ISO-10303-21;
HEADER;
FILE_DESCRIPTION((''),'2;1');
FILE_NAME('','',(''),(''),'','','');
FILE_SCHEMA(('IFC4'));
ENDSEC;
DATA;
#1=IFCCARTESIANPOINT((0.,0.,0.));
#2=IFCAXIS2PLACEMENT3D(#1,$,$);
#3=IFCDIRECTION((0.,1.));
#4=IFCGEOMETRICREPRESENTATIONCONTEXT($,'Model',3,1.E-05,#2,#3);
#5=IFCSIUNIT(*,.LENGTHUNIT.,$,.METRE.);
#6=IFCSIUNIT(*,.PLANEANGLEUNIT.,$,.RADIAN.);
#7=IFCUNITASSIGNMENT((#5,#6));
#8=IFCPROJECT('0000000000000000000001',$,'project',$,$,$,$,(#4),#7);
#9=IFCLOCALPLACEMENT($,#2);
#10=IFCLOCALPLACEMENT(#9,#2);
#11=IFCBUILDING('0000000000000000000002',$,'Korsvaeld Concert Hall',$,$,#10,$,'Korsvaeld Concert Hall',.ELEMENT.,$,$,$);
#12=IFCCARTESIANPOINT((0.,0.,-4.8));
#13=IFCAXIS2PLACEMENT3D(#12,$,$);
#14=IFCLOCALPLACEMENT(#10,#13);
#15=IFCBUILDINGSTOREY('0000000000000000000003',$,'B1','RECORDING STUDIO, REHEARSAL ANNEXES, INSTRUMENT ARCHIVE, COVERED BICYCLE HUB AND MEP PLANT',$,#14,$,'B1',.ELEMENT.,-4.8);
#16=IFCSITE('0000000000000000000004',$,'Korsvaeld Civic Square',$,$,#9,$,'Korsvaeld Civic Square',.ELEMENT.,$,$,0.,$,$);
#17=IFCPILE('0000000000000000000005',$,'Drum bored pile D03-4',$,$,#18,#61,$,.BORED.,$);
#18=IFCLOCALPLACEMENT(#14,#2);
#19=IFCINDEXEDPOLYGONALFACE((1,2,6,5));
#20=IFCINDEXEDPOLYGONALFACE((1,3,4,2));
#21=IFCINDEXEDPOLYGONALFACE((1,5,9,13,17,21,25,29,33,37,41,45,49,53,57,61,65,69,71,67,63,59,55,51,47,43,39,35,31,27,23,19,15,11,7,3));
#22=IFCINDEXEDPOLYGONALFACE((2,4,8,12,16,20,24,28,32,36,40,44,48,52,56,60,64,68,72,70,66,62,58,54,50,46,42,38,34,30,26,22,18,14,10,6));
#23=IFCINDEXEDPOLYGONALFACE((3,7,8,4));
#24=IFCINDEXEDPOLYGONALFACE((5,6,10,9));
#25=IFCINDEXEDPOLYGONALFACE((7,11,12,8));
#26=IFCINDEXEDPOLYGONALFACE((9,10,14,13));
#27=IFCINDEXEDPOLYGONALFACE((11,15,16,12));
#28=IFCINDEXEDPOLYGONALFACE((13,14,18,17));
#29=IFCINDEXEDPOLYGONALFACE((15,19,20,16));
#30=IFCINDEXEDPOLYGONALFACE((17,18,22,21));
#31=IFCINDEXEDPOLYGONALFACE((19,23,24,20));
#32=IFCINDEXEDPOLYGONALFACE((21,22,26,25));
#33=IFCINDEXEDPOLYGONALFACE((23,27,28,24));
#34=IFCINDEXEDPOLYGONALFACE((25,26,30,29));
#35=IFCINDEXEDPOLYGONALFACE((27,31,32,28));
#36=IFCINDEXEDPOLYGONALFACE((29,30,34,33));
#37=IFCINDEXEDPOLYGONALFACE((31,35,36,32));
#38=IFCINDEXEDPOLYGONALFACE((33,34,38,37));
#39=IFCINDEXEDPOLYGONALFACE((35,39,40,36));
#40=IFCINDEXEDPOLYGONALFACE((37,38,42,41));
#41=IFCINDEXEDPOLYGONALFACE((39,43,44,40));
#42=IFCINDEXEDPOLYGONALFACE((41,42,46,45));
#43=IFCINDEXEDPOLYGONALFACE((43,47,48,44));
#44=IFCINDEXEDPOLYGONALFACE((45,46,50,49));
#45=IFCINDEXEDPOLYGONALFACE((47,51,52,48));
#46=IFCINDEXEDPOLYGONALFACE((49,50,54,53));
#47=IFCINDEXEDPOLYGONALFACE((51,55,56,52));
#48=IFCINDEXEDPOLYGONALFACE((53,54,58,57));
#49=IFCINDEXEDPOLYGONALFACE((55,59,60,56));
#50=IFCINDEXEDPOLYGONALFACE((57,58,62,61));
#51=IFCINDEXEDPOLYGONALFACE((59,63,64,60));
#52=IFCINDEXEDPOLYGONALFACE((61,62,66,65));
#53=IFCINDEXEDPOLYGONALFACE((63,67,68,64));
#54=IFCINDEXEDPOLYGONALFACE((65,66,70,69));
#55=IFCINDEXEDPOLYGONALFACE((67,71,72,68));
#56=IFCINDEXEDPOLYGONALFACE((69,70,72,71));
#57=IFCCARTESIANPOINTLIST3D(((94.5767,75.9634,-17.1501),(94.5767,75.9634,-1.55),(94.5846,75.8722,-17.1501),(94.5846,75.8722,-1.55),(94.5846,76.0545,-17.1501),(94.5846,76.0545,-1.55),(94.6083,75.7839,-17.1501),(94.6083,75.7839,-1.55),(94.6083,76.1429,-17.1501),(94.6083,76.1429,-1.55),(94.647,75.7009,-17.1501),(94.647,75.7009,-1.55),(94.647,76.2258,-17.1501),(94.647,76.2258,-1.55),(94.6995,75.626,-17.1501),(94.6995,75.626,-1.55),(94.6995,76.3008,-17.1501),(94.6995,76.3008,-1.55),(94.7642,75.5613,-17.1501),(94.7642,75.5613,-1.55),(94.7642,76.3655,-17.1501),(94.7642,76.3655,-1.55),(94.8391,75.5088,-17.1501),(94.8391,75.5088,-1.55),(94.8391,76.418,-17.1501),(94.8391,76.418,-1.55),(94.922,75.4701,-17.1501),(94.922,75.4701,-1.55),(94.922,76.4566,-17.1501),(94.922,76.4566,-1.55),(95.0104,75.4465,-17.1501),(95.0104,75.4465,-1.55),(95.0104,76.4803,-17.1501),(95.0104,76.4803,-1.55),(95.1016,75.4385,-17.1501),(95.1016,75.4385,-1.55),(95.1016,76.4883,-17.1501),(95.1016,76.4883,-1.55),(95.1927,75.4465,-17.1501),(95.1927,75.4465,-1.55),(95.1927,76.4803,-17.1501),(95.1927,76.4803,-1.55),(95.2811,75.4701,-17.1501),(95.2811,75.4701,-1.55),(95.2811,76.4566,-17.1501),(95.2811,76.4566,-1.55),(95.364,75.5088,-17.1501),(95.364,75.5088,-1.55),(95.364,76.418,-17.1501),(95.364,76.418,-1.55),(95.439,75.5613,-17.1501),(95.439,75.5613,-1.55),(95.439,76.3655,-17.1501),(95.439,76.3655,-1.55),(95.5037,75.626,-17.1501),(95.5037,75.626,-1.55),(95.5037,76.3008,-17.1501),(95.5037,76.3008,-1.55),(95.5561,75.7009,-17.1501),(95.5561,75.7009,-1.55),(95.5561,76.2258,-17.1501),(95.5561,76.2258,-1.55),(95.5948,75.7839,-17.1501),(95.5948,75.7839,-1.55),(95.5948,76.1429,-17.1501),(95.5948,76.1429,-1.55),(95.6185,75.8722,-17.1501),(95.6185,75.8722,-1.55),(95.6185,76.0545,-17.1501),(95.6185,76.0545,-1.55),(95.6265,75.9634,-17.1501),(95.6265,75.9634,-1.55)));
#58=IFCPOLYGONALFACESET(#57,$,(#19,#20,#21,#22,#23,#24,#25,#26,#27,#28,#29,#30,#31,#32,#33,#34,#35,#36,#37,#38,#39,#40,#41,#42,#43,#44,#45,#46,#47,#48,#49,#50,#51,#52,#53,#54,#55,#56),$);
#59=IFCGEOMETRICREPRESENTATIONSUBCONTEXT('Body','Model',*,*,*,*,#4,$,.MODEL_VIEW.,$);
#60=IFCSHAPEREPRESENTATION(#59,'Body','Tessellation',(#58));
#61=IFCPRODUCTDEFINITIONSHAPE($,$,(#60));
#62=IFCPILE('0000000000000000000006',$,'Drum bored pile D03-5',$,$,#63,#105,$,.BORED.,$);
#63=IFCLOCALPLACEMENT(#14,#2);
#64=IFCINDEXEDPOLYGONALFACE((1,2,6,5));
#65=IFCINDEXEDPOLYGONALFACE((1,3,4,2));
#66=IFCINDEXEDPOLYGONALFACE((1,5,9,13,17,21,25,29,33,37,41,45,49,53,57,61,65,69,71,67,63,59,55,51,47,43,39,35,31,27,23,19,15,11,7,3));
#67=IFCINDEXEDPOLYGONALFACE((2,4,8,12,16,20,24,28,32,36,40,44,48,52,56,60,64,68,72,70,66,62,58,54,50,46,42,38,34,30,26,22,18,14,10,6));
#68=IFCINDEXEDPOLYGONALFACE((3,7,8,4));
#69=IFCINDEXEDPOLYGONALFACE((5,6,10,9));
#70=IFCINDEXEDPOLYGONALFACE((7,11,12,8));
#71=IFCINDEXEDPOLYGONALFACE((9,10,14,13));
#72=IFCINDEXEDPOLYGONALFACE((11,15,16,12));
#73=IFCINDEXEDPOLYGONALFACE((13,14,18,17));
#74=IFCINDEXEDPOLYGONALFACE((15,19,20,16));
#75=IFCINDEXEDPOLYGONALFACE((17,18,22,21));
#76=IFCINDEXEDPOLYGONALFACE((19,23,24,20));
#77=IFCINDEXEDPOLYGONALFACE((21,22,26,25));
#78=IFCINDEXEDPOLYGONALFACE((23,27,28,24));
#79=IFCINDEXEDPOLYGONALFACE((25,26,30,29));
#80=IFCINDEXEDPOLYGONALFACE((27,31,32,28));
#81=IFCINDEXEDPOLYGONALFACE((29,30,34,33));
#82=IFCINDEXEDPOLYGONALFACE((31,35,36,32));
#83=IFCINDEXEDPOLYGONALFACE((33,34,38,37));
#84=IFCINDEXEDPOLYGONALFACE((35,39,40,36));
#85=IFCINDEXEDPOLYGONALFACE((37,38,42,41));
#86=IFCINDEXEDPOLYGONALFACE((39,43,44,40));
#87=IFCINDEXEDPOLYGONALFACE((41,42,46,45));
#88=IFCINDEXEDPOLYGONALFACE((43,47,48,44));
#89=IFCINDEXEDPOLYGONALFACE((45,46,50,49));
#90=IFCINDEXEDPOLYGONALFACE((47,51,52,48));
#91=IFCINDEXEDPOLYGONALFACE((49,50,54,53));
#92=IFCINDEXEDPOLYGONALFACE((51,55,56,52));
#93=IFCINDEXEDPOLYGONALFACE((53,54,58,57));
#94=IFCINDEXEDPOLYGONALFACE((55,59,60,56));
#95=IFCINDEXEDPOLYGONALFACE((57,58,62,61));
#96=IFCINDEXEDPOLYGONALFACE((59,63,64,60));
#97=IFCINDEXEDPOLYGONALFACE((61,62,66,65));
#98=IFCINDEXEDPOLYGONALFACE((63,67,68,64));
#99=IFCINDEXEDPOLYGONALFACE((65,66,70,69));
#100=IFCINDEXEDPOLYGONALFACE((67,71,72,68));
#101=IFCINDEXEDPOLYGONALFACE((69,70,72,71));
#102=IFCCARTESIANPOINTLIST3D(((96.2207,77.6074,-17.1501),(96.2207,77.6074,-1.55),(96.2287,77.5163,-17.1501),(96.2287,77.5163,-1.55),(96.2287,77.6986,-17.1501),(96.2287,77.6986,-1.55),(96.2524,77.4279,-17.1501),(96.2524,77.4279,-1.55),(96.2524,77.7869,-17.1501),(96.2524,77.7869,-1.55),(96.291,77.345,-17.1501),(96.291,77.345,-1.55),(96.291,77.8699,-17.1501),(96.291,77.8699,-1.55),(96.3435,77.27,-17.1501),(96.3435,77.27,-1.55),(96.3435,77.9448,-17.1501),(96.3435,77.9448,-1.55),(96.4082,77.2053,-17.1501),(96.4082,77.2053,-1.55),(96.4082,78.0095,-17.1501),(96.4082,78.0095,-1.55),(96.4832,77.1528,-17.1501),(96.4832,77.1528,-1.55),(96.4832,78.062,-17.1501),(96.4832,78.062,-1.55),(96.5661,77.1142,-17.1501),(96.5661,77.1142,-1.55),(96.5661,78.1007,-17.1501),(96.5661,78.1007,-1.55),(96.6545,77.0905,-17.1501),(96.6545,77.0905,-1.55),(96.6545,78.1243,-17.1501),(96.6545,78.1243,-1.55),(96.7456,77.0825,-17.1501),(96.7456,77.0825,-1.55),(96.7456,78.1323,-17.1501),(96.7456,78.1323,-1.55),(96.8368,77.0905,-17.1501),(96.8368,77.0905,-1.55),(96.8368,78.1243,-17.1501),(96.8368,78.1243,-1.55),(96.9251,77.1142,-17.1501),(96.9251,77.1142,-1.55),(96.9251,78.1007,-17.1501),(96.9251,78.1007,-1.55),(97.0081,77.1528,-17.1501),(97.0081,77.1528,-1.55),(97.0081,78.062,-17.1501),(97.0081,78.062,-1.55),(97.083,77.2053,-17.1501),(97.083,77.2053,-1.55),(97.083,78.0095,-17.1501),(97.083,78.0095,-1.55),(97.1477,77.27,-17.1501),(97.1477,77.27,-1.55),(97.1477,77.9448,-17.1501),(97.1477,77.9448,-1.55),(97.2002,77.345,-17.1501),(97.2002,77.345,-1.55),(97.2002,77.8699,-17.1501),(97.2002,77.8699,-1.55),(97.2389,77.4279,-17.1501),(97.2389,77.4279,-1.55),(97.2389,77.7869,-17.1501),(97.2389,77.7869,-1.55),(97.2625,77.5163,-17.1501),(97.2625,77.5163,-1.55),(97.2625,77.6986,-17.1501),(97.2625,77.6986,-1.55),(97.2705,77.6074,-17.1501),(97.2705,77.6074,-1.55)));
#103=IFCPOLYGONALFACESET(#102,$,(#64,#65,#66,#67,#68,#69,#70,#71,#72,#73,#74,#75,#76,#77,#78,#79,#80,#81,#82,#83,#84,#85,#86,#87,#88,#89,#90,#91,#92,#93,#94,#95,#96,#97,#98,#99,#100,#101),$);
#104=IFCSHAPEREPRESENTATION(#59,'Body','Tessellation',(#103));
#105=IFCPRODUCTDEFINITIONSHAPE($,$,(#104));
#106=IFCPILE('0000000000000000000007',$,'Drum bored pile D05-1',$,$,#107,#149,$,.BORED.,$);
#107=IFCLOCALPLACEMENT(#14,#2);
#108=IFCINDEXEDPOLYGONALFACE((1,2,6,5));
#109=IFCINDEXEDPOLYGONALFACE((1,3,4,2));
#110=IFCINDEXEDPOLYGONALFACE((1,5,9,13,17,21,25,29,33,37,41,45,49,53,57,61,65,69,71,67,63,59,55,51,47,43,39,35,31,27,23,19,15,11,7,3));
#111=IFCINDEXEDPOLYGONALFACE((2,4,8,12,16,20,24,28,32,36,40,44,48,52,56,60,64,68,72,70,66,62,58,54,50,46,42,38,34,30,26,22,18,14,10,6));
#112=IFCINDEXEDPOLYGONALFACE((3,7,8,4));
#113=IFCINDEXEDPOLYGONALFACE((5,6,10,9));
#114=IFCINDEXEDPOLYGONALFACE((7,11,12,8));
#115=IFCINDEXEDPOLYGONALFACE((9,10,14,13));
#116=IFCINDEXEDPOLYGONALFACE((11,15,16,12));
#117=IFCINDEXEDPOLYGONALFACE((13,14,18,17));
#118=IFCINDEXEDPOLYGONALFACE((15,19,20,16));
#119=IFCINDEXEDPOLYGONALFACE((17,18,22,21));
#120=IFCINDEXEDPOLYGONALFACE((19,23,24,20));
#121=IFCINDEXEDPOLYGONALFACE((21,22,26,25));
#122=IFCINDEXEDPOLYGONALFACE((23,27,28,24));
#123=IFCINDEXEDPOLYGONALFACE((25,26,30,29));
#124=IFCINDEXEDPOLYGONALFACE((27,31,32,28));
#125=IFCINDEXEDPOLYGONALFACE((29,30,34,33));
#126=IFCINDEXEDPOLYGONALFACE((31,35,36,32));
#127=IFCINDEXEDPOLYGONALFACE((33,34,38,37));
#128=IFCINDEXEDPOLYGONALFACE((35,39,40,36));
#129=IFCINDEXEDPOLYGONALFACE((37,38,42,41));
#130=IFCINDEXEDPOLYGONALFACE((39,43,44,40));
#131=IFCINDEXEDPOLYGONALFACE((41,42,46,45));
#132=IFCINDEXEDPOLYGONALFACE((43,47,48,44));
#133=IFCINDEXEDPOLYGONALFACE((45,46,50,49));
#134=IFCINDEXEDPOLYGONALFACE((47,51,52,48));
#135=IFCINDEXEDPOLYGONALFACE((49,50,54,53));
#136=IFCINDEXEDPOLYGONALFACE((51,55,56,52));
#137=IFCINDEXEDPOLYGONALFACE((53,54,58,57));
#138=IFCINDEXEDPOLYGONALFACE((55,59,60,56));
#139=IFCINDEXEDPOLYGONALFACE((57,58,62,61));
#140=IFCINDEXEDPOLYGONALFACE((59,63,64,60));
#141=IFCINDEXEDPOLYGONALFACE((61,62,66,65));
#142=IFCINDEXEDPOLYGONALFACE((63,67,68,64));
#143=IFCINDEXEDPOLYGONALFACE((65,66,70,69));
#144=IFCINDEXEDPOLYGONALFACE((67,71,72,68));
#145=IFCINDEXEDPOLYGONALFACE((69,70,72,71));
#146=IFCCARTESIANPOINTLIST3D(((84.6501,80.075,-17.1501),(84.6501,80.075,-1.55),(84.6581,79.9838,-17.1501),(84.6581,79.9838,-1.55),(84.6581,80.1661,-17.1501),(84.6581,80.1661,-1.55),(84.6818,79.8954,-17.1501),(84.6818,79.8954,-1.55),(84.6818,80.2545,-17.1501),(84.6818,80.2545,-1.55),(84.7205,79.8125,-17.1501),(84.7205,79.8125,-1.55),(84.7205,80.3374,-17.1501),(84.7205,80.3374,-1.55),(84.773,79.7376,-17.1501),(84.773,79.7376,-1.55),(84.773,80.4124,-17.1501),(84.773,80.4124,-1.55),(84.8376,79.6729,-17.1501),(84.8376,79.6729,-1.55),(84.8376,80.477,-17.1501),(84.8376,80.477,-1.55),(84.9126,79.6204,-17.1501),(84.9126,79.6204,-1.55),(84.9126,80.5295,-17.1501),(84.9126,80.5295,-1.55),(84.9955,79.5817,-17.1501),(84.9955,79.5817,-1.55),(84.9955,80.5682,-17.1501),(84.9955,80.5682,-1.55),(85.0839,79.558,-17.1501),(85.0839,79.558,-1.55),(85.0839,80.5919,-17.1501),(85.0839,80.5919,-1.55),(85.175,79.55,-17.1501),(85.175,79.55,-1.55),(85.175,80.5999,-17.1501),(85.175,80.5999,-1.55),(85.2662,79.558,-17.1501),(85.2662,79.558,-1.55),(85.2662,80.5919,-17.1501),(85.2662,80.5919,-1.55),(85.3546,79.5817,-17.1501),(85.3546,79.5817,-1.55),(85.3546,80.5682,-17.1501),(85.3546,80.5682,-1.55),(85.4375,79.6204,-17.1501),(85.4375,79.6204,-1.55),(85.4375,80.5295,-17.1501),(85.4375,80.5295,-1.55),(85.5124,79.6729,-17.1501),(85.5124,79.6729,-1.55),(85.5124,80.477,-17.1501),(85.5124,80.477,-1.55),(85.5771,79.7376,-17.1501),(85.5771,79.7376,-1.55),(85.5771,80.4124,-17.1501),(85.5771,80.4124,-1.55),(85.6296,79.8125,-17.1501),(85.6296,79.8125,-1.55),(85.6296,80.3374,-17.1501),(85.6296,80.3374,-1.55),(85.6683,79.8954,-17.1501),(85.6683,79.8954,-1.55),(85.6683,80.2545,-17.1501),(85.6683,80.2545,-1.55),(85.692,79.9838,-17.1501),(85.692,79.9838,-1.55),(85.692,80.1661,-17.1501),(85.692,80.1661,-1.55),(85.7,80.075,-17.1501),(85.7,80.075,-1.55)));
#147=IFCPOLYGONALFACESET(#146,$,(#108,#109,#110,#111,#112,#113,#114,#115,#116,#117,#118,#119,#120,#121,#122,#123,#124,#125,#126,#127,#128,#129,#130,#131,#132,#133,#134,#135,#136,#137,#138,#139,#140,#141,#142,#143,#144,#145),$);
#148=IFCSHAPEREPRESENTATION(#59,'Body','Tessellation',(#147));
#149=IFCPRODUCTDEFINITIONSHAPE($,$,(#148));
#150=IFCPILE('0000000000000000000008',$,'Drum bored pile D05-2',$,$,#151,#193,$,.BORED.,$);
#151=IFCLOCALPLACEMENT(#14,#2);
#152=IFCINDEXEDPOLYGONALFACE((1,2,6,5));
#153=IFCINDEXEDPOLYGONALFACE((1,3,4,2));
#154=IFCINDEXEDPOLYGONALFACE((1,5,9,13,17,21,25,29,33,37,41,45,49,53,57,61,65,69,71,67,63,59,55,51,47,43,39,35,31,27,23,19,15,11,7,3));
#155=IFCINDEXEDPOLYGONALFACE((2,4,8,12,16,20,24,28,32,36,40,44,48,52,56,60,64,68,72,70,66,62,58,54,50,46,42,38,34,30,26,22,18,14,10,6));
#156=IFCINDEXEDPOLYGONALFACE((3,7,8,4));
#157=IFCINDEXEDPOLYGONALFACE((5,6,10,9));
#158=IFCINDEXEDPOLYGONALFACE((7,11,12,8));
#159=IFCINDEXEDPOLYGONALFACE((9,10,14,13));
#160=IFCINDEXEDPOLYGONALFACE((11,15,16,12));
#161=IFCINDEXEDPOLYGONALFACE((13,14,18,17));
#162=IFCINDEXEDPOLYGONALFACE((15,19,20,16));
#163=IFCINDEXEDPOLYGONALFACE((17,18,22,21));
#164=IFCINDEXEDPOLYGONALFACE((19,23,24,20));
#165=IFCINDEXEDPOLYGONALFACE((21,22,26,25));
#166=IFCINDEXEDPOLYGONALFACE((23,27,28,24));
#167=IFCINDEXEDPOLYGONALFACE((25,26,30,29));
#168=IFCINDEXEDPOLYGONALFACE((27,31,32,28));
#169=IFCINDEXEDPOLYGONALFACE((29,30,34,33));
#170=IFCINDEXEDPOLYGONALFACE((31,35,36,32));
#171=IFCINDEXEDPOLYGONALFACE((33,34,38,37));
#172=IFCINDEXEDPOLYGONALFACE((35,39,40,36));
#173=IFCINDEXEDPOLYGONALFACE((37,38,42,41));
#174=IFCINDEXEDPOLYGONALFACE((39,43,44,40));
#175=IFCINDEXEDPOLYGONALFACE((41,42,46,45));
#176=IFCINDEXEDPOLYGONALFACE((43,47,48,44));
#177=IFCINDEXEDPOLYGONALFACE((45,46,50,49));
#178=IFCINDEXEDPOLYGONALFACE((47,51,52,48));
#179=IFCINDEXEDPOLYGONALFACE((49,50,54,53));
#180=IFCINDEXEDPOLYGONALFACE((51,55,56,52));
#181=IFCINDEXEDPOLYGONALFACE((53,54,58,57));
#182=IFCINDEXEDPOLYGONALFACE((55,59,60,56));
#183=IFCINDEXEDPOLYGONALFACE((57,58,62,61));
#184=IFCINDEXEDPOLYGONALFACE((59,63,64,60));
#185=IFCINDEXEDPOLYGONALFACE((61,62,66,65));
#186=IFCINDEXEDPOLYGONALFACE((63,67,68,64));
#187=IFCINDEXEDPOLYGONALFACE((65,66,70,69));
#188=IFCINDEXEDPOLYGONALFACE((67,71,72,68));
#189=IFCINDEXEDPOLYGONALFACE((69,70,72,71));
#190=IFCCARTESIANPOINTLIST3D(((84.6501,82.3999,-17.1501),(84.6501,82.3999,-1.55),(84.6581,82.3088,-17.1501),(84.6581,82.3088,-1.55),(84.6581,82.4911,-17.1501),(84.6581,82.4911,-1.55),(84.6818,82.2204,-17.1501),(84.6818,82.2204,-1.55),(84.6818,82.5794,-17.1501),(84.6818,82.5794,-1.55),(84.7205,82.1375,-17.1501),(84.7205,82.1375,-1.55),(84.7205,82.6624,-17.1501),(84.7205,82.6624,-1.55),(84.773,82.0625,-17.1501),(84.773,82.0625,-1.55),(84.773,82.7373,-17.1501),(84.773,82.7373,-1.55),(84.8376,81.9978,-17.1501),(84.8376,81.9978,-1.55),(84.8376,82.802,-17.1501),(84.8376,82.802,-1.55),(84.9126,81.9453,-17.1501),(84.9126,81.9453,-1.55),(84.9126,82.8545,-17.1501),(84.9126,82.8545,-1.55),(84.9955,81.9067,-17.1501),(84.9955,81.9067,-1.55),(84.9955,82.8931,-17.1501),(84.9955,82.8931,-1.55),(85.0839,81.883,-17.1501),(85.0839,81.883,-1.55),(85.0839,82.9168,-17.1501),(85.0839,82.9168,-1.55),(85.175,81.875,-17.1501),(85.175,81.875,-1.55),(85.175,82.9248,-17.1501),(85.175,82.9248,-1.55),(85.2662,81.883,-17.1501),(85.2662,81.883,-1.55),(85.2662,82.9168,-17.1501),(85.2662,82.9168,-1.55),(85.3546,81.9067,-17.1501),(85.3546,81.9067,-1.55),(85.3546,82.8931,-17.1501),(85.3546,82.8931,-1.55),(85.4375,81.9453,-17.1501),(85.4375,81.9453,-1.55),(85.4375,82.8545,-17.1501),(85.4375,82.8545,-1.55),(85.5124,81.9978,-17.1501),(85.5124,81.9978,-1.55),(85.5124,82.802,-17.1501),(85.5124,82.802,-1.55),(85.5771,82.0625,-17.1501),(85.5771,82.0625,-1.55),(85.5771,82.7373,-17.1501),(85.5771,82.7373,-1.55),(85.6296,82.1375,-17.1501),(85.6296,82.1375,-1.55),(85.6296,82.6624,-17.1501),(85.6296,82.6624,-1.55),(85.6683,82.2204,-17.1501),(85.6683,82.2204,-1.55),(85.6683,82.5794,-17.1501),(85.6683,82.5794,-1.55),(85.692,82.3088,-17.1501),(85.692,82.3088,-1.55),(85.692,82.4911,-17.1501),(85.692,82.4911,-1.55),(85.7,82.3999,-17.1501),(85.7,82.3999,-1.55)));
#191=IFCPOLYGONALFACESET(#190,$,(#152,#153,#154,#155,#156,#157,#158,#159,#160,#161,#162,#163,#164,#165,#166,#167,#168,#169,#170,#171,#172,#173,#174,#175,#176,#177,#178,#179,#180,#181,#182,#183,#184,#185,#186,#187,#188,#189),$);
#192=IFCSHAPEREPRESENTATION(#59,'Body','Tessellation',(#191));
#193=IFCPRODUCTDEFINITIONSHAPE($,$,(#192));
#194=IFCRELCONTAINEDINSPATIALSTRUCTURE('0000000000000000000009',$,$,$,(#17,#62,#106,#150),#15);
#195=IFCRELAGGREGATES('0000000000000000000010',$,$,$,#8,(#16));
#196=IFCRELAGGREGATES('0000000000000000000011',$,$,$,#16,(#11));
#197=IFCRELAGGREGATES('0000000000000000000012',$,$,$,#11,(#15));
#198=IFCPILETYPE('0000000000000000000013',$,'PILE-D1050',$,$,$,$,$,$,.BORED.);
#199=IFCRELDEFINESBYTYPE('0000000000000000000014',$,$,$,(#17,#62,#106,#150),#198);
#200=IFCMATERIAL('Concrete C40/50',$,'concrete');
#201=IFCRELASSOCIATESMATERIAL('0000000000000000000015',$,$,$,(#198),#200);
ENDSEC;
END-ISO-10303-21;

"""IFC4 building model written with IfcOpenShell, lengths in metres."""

from ifc_helpers import new_model, si_unit, direction, frame, origin, origin_2d, place, context, subcontext, project, spatial, circle, extrude, material, material_profile, profile_set, type_object, element, save


model = new_model("IFC4")

# Units and contexts
model_context = context("Model", 3, precision=1e-05, world=origin(), true_north=direction((0.0, 1.0)))
body_context = subcontext(model_context, "Body", "Model", "MODEL_VIEW")
ifc_project = project(units=[si_unit("LENGTHUNIT", "METRE"), si_unit("PLANEANGLEUNIT", "RADIAN")], contexts=[model_context])

# Site, building, storey
site_placement = place(None, origin())
site = spatial("IfcSite", under=ifc_project, at=site_placement, Name="Korsvaeld Civic Square", LongName="Korsvaeld Civic Square", CompositionType="ELEMENT", RefElevation=0.0)
building_placement = place(site_placement, origin())
building = spatial("IfcBuilding", under=site, at=building_placement, Name="Korsvaeld Concert Hall", LongName="Korsvaeld Concert Hall", CompositionType="ELEMENT")
storey_placement = place(building_placement, frame((0.0, 0.0, -4.8)))
storey = spatial("IfcBuildingStorey", under=building, at=storey_placement, Name="B1", Description="RECORDING STUDIO, REHEARSAL ANNEXES, INSTRUMENT ARCHIVE, COVERED BICYCLE HUB AND MEP PLANT", LongName="B1", CompositionType="ELEMENT", Elevation=-4.8)

# Piles
ifc_material_1 = material(Name="Concrete C40/50", Category="concrete")
ifc_material_profile_1 = material_profile(ifc_material_1, circle(Radius=0.5249, at=origin_2d()), Name="BORED PILE D1050")
ifc_profile_set_1 = profile_set([ifc_material_profile_1], Name="Concrete C40/50")
pile_type_1 = type_object("IfcPileType", Name="PILE-D1050", PredefinedType="BORED", material=ifc_profile_set_1)
for number, where, z_axis, x_axis, name in (
    (1, (95.1016, 75.9634, -1.55), (0.0, 0.0, -1.0), (1.0, 0.0, 0.0), "Drum bored pile D03-4"),
    (2, (96.7456, 77.6074, -1.55), (0.0, 0.0, -1.0), (1.0, 0.0, 0.0), "Drum bored pile D03-5"),
    (3, (85.175, 80.075, -1.55), (0.0, 0.0, -1.0), (1.0, 0.0, 0.0), "Drum bored pile D05-1"),
    (4, (85.175, 82.3999, -1.55), (0.0, 0.0, -1.0), (1.0, 0.0, 0.0), "Drum bored pile D05-2"),
):
    element("IfcPile", number, at=place(storey_placement, frame(where, z_axis=z_axis, x_axis=x_axis)), inside=storey, type_object=pile_type_1, Name=name, PredefinedType="BORED", context=body_context, shape_type="SweptSolid", body=[
        extrude(circle(Radius=0.5249, at=origin_2d()), origin(), (0.0, 0.0, 1.0), 15.6001),
    ])

save(model, "model.ifc")
